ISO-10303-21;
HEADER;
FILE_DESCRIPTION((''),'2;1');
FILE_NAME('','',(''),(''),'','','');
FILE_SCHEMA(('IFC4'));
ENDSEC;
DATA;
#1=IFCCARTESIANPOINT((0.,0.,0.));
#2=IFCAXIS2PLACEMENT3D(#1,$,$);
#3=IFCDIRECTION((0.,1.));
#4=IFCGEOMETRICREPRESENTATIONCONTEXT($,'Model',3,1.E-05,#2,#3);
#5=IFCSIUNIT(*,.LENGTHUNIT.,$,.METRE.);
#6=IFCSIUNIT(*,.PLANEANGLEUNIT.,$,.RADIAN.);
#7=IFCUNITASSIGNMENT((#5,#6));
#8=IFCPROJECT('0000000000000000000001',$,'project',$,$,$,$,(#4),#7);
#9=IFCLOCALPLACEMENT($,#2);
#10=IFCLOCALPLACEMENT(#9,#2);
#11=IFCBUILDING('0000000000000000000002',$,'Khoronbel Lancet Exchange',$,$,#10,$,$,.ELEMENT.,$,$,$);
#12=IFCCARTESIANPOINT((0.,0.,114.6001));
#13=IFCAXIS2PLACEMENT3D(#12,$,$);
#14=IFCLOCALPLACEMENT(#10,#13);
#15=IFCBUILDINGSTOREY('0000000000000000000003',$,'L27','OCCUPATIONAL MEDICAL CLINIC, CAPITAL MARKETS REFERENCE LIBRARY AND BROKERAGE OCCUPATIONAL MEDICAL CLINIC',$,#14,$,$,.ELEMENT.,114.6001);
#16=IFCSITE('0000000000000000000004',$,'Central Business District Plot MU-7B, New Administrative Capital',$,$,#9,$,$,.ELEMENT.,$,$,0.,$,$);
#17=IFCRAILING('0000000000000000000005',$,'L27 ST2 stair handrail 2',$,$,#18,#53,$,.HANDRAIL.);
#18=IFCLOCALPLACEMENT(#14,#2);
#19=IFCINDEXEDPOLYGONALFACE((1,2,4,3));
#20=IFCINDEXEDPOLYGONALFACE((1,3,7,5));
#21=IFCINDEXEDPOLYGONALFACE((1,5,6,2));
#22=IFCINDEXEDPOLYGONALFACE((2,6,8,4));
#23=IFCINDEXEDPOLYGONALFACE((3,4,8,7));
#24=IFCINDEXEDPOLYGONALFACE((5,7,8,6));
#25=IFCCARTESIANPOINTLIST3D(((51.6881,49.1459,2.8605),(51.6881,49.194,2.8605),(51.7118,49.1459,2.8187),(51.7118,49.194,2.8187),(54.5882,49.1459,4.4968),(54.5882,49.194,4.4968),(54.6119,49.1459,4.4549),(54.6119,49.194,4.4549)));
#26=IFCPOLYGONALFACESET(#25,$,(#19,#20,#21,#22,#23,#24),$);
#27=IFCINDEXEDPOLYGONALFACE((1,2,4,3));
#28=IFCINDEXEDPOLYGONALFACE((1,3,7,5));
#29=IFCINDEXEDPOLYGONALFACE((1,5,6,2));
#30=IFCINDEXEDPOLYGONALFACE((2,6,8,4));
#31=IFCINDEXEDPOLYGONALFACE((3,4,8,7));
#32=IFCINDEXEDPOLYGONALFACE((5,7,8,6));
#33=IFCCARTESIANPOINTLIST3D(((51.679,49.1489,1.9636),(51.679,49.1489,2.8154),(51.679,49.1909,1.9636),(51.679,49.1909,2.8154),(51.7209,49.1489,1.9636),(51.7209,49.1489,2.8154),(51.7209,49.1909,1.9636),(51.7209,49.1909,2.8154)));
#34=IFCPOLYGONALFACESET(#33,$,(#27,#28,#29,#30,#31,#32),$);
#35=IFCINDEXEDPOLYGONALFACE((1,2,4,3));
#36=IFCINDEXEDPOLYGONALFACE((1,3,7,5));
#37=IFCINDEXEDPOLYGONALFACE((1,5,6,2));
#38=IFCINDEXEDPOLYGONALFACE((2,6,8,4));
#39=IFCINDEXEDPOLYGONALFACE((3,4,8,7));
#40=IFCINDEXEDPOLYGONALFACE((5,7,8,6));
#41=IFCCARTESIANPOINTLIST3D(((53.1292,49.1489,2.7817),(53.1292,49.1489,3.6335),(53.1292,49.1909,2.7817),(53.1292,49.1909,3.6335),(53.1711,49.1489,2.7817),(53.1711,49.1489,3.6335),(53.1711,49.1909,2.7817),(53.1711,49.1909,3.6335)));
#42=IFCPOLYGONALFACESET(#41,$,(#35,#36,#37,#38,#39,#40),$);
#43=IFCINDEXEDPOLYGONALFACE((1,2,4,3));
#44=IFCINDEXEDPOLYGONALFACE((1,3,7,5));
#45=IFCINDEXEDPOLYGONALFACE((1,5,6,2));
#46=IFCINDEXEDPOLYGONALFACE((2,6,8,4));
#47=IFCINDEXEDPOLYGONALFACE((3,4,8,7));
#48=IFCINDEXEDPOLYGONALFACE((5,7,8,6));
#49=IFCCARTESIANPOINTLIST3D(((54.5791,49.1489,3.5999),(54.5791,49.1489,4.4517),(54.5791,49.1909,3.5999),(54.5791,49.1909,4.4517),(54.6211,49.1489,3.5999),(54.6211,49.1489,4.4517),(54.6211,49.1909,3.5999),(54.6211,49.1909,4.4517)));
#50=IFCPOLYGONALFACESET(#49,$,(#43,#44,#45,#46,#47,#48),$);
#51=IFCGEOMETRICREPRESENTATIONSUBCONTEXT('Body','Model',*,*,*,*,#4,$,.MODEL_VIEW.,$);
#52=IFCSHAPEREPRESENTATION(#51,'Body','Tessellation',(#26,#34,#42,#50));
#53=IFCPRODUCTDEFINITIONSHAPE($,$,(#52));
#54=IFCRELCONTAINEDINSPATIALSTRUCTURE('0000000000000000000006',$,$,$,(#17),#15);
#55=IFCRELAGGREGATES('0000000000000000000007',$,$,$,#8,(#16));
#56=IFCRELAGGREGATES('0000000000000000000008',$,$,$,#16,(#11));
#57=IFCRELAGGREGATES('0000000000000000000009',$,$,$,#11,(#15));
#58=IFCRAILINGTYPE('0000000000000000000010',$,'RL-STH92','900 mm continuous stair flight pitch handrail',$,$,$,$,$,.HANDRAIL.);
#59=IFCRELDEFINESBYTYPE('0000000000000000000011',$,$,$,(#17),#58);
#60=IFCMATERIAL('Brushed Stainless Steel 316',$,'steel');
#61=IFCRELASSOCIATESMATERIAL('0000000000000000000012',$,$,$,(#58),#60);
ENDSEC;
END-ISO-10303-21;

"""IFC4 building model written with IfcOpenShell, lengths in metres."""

from ifc_helpers import new_model, si_unit, direction, frame, origin, origin_2d, place, context, subcontext, project, spatial, rectangle, extrude, material, type_object, element, save


model = new_model("IFC4")

# Units and contexts
model_context = context("Model", 3, precision=1e-05, world=origin(), true_north=direction((0.0, 1.0)))
body_context = subcontext(model_context, "Body", "Model", "MODEL_VIEW")
ifc_project = project(units=[si_unit("LENGTHUNIT", "METRE"), si_unit("PLANEANGLEUNIT", "RADIAN")], contexts=[model_context])

# Site, building, storey
site_placement = place(None, origin())
site = spatial("IfcSite", under=ifc_project, at=site_placement, Name="Central Business District Plot MU-7B, New Administrative Capital", CompositionType="ELEMENT", RefElevation=0.0)
building_placement = place(site_placement, origin())
building = spatial("IfcBuilding", under=site, at=building_placement, Name="Khoronbel Lancet Exchange", CompositionType="ELEMENT")
storey_placement = place(building_placement, frame((0.0, 0.0, 114.6001)))
storey = spatial("IfcBuildingStorey", under=building, at=storey_placement, Name="L27", Description="OCCUPATIONAL MEDICAL CLINIC, CAPITAL MARKETS REFERENCE LIBRARY AND BROKERAGE OCCUPATIONAL MEDICAL CLINIC", CompositionType="ELEMENT", Elevation=114.6001)

# Railing
ifc_material_1 = material(Name="Brushed Stainless Steel 316", Category="steel")
railing_type_1 = type_object("IfcRailingType", Name="RL-STH92", Description="900 mm continuous stair flight pitch handrail", PredefinedType="HANDRAIL", material=ifc_material_1)
railing_1_placement = place(storey_placement, frame((51.7, 49.1699, 1.9636)))
element("IfcRailing", 1, at=railing_1_placement, inside=storey, type_object=railing_type_1, Name="L27 ST2 stair handrail 2", PredefinedType="HANDRAIL", context=body_context, shape_type="SweptSolid", body=[
    extrude(rectangle(XDim=0.0481, YDim=0.0481, at=origin_2d()), frame((0.0, 0.0, 0.876), z_axis=(0.870946, 0.0, 0.491378), x_axis=(0.0, 1.0, 0.0)), (0.0, 0.0, 1.0), 3.3298),
    extrude(rectangle(XDim=0.042, YDim=0.042, at=origin_2d()), origin(), (0.0, 0.0, 1.0), 0.8518),
    extrude(rectangle(XDim=0.042, YDim=0.042, at=origin_2d()), frame((1.4502, 0.0, 0.8181)), (0.0, 0.0, 1.0), 0.8518),
    extrude(rectangle(XDim=0.042, YDim=0.042, at=origin_2d()), frame((2.9001, 0.0, 1.6362)), (0.0, 0.0, 1.0), 0.8518),
])

save(model, "model.ifc")
